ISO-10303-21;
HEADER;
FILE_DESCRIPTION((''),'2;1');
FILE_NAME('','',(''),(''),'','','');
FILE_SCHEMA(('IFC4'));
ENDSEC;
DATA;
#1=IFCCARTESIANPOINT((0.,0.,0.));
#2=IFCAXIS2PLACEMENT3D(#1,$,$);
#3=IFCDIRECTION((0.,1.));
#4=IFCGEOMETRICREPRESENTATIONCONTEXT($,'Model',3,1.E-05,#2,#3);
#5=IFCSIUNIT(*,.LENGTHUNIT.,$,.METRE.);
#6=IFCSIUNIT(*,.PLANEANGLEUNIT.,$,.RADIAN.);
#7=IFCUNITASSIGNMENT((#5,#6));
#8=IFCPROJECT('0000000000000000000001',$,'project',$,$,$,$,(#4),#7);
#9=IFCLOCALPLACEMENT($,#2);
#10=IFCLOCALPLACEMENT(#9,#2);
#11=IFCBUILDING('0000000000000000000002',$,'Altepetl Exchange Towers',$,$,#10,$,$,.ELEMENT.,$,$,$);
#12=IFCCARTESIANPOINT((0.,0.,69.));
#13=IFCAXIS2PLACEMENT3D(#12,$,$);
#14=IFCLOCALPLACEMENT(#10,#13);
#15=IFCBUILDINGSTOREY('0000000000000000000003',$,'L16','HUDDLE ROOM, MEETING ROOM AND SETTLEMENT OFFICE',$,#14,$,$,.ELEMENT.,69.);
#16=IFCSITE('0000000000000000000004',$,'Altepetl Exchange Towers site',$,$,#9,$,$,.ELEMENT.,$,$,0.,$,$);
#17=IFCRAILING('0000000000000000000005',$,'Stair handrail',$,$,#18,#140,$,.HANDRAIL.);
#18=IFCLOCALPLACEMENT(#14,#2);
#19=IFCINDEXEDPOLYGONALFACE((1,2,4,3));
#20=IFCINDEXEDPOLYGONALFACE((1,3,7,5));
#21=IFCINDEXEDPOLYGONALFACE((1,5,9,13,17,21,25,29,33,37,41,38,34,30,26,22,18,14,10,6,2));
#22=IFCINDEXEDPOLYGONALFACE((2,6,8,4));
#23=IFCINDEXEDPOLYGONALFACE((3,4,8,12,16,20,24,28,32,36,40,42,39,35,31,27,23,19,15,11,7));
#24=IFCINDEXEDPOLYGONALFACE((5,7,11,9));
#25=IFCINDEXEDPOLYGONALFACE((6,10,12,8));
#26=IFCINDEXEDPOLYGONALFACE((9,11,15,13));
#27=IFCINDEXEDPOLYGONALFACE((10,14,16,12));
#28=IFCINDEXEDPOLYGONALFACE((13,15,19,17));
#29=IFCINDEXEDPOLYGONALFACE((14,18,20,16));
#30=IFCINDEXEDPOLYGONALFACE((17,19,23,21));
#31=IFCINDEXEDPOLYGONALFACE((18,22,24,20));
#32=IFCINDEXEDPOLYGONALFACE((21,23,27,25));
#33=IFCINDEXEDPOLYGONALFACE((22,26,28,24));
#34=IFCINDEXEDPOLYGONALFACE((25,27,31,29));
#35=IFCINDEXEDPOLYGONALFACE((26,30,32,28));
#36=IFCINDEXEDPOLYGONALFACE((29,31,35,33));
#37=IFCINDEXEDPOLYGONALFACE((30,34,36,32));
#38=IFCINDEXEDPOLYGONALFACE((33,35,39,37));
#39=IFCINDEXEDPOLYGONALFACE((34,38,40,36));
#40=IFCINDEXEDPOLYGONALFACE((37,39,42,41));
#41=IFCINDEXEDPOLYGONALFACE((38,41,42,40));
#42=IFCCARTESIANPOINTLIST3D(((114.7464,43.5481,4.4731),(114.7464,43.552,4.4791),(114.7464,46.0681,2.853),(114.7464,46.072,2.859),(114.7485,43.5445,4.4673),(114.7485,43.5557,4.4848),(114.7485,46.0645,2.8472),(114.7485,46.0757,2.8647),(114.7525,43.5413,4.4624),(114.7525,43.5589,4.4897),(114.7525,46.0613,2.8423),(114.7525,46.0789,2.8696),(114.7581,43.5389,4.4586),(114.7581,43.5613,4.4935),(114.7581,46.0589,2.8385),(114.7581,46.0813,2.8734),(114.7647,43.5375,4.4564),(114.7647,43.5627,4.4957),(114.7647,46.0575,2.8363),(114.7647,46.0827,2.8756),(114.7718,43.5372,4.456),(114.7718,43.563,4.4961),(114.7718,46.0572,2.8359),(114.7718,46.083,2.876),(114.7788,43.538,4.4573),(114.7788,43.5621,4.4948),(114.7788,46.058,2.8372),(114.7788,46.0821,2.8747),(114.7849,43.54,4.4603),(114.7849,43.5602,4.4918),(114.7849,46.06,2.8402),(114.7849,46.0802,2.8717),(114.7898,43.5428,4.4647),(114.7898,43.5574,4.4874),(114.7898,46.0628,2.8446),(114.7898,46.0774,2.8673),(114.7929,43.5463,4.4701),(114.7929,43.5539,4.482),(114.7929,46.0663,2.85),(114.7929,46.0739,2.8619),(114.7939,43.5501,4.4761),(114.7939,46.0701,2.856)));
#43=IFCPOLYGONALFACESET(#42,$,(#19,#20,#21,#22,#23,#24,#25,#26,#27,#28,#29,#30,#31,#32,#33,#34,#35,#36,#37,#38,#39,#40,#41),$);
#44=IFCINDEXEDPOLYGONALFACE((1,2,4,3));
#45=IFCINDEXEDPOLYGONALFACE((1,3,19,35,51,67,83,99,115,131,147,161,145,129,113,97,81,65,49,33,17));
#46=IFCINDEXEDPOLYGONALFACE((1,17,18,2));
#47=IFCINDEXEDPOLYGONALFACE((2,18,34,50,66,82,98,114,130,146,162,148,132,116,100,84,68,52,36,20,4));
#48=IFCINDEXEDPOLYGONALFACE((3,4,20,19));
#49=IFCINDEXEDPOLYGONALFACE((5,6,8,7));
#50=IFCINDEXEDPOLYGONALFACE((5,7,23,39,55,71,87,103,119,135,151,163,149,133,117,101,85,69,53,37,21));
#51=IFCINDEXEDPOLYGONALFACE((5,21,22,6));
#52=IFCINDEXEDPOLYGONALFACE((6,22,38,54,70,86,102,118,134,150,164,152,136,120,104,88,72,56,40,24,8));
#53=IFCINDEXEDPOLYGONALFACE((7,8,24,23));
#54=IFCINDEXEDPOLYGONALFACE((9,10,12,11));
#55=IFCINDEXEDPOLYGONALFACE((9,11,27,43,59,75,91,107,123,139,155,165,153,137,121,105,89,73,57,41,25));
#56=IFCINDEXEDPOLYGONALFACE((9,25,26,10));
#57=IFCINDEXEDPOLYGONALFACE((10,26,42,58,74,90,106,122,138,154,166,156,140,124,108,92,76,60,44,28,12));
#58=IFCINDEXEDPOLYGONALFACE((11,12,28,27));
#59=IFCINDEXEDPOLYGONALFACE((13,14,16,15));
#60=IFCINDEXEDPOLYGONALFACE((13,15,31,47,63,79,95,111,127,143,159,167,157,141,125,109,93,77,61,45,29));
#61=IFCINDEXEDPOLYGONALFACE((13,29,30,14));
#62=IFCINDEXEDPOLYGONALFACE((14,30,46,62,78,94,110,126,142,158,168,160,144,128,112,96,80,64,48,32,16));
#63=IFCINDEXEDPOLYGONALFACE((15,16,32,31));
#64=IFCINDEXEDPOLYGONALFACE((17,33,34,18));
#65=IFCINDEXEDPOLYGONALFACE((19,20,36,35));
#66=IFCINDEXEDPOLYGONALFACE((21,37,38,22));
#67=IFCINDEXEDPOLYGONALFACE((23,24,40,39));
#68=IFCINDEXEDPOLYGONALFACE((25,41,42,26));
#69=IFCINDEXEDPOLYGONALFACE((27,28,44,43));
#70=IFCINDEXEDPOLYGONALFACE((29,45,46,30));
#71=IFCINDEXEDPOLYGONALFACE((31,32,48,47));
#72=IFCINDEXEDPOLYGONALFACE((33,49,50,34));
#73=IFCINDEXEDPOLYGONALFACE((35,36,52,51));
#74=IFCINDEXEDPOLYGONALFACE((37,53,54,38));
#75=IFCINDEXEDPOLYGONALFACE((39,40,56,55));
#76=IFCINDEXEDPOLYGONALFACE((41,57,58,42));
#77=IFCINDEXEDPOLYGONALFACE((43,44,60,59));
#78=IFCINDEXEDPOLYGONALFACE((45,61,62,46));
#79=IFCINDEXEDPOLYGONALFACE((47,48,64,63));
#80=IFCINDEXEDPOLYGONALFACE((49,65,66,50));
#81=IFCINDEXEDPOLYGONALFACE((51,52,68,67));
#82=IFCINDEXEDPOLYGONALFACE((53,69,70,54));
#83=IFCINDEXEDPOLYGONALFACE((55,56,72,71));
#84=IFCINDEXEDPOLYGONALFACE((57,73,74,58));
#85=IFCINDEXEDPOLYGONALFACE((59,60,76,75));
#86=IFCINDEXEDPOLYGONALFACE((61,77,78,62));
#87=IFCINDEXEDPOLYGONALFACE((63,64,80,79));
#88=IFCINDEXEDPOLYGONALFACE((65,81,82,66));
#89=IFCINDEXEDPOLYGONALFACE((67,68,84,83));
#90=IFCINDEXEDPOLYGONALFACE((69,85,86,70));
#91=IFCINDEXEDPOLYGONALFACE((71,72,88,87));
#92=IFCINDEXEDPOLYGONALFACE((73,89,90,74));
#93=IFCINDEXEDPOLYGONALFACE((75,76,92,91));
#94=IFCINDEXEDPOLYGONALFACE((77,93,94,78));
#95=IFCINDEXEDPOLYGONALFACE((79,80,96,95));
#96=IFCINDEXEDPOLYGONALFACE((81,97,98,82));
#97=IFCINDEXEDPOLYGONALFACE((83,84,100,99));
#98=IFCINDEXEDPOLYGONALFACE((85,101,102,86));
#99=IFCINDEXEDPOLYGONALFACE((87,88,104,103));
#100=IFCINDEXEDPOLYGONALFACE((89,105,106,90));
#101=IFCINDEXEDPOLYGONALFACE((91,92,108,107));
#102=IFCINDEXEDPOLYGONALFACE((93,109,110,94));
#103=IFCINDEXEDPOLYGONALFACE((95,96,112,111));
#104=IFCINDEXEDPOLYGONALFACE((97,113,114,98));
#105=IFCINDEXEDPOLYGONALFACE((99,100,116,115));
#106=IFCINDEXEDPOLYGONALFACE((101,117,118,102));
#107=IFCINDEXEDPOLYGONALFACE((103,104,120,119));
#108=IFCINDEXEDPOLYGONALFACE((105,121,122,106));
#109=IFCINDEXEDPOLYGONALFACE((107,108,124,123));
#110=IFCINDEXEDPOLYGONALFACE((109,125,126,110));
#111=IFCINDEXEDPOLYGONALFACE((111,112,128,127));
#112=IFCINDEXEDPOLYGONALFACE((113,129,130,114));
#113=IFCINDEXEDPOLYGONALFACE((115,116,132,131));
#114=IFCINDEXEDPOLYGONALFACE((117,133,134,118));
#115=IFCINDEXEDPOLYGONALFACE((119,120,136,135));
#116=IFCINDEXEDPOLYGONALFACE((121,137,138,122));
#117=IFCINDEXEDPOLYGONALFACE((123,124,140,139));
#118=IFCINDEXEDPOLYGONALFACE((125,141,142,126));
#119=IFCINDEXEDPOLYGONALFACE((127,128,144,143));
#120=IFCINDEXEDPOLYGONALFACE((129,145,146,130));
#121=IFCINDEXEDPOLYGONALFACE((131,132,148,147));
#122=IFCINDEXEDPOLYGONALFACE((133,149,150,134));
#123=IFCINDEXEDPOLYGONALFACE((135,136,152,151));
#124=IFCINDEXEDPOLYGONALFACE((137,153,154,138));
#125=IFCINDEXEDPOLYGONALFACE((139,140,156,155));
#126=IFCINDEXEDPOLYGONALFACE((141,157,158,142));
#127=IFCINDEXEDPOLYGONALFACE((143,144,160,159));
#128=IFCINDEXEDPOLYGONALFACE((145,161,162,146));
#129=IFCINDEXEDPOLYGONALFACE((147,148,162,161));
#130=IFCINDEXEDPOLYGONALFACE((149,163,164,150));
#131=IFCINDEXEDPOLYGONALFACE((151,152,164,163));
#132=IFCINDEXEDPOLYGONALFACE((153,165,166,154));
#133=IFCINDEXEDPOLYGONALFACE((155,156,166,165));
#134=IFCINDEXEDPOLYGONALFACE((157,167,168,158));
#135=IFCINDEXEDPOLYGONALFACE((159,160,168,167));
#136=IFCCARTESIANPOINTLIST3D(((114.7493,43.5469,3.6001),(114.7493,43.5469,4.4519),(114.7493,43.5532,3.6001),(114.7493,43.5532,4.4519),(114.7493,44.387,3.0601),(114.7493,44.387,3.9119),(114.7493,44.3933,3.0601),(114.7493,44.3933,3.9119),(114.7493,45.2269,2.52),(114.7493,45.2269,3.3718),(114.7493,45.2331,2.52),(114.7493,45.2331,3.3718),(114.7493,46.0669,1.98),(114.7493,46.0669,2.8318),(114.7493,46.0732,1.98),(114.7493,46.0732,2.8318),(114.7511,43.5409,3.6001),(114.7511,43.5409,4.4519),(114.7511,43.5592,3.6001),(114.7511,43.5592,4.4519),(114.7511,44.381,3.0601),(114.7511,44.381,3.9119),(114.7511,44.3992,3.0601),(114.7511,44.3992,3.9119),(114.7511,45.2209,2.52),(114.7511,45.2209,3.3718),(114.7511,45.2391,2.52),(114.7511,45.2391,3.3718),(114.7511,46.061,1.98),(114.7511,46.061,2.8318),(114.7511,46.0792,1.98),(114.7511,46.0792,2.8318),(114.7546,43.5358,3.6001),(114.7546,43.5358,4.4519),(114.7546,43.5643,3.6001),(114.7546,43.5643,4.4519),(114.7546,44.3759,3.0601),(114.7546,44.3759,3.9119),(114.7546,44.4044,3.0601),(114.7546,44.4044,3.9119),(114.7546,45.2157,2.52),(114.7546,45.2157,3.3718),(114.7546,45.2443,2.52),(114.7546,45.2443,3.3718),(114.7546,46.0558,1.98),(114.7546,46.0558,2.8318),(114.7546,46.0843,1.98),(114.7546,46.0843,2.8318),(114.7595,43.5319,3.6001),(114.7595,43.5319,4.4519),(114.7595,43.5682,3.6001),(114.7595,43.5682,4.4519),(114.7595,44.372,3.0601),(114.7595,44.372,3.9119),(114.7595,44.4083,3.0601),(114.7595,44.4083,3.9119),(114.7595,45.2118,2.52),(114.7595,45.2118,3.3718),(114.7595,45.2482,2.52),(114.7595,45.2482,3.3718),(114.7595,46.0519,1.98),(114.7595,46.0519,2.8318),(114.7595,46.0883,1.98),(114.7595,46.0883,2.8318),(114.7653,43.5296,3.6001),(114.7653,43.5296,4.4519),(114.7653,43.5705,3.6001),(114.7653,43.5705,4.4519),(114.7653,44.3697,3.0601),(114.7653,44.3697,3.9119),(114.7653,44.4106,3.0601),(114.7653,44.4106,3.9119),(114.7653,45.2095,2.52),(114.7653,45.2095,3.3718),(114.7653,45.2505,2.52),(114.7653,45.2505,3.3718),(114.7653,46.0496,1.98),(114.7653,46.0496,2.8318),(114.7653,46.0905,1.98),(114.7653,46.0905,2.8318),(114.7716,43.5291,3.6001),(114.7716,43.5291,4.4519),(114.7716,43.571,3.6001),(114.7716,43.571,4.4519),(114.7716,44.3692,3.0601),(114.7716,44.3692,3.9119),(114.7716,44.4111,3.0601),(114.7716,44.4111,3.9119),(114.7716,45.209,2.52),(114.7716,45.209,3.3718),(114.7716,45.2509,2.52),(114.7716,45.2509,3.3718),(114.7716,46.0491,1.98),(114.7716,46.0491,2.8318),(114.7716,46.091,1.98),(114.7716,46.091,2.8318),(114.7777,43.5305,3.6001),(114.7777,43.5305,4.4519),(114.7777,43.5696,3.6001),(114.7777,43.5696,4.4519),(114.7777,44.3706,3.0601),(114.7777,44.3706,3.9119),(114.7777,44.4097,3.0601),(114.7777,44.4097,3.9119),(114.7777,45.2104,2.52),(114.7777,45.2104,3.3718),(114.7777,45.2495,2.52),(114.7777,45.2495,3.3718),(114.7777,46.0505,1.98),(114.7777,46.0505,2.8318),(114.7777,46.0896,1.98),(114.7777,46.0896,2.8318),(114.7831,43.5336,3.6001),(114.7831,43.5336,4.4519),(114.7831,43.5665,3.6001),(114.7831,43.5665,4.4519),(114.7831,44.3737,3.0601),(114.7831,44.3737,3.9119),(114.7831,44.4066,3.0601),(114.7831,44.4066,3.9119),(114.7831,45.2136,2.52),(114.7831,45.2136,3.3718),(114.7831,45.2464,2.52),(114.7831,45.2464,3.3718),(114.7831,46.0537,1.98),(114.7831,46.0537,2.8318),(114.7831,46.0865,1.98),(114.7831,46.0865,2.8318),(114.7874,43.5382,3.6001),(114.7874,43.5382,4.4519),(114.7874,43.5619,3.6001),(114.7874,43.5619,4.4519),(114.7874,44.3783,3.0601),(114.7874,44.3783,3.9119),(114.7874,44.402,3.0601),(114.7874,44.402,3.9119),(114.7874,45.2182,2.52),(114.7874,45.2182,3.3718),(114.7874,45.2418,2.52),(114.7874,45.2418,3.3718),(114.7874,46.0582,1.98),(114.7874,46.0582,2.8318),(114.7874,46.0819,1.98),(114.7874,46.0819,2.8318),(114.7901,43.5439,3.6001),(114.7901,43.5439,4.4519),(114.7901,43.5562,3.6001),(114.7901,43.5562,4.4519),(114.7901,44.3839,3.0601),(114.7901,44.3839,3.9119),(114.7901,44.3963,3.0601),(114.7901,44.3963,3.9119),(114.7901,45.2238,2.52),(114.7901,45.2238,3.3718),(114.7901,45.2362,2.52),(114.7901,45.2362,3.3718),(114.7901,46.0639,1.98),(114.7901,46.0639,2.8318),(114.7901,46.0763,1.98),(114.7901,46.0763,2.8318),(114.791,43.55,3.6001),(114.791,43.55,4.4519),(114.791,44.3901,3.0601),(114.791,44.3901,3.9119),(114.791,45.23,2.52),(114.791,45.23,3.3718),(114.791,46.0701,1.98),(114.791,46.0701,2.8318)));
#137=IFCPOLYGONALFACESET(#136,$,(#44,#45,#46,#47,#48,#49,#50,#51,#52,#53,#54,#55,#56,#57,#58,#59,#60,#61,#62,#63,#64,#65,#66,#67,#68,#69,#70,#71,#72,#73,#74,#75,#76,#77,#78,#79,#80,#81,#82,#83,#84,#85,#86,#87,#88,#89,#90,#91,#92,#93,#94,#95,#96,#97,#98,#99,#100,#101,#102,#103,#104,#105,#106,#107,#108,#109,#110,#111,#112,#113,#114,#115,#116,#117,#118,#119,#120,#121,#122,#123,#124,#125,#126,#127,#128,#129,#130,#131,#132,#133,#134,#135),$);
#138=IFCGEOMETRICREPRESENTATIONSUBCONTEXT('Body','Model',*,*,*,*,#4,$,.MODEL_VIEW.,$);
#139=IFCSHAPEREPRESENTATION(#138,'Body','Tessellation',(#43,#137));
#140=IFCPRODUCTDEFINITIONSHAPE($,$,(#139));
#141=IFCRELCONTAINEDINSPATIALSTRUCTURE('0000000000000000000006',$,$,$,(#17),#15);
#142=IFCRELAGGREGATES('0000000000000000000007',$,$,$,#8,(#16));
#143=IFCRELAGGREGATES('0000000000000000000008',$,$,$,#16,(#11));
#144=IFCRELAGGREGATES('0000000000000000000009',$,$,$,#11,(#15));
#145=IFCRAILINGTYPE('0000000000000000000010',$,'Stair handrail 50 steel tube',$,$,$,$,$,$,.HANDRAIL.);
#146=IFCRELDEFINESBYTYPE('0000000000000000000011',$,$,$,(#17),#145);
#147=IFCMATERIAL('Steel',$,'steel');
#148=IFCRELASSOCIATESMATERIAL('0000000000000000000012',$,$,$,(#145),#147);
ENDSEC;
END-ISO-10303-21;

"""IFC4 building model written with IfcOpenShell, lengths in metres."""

from ifc_helpers import new_model, si_unit, direction, frame, origin, origin_2d, place, context, subcontext, project, spatial, circle, extrude, source, transform, mapped, material, type_object, element, save


model = new_model("IFC4")

# Units and contexts
model_context = context("Model", 3, precision=1e-05, world=origin(), true_north=direction((0.0, 1.0)))
body_context = subcontext(model_context, "Body", "Model", "MODEL_VIEW")
ifc_project = project(units=[si_unit("LENGTHUNIT", "METRE"), si_unit("PLANEANGLEUNIT", "RADIAN")], contexts=[model_context])

# Site, building, storey
site_placement = place(None, origin())
site = spatial("IfcSite", under=ifc_project, at=site_placement, Name="Altepetl Exchange Towers site", CompositionType="ELEMENT", RefElevation=0.0)
building_placement = place(site_placement, origin())
building = spatial("IfcBuilding", under=site, at=building_placement, Name="Altepetl Exchange Towers", CompositionType="ELEMENT")
storey_placement = place(building_placement, frame((0.0, 0.0, 69.0)))
storey = spatial("IfcBuildingStorey", under=building, at=storey_placement, Name="L16", Description="HUDDLE ROOM, MEETING ROOM AND SETTLEMENT OFFICE", CompositionType="ELEMENT", Elevation=69.0)

# Railing
ifc_material_1 = material(Name="Steel", Category="steel")
railing_type = type_object("IfcRailingType", Name="Stair handrail 50 steel tube", PredefinedType="HANDRAIL", material=ifc_material_1)
shared_shape = source(origin(), body_context, "Body", "SweptSolid", [
    extrude(circle(Radius=0.021, at=origin_2d()), origin(), (0.0, 0.0, 1.0), 0.8518),
])
railing_1_placement = place(storey_placement, frame((114.77, 46.0701, 1.98)))
element("IfcRailing", 1, at=railing_1_placement, inside=storey, type_object=railing_type, Name="Stair handrail", PredefinedType="HANDRAIL", context=body_context, shape_type="SweptSolid", body=[
    extrude(circle(Radius=0.0239, at=origin_2d()), frame((0.0, 0.0, 0.876), z_axis=(0.0, -0.841163, 0.540782), x_axis=(1.0, 0.0, 0.0)), (0.0, 0.0, 1.0), 2.9958),
    mapped(shared_shape, transform((0.0, 0.0, 0.0))),
    mapped(shared_shape, transform((0.0, -0.8401, 0.54))),
    mapped(shared_shape, transform((0.0, -1.6799, 1.0801))),
    mapped(shared_shape, transform((0.0, -2.52, 1.6201))),
])

save(model, "model.ifc")
